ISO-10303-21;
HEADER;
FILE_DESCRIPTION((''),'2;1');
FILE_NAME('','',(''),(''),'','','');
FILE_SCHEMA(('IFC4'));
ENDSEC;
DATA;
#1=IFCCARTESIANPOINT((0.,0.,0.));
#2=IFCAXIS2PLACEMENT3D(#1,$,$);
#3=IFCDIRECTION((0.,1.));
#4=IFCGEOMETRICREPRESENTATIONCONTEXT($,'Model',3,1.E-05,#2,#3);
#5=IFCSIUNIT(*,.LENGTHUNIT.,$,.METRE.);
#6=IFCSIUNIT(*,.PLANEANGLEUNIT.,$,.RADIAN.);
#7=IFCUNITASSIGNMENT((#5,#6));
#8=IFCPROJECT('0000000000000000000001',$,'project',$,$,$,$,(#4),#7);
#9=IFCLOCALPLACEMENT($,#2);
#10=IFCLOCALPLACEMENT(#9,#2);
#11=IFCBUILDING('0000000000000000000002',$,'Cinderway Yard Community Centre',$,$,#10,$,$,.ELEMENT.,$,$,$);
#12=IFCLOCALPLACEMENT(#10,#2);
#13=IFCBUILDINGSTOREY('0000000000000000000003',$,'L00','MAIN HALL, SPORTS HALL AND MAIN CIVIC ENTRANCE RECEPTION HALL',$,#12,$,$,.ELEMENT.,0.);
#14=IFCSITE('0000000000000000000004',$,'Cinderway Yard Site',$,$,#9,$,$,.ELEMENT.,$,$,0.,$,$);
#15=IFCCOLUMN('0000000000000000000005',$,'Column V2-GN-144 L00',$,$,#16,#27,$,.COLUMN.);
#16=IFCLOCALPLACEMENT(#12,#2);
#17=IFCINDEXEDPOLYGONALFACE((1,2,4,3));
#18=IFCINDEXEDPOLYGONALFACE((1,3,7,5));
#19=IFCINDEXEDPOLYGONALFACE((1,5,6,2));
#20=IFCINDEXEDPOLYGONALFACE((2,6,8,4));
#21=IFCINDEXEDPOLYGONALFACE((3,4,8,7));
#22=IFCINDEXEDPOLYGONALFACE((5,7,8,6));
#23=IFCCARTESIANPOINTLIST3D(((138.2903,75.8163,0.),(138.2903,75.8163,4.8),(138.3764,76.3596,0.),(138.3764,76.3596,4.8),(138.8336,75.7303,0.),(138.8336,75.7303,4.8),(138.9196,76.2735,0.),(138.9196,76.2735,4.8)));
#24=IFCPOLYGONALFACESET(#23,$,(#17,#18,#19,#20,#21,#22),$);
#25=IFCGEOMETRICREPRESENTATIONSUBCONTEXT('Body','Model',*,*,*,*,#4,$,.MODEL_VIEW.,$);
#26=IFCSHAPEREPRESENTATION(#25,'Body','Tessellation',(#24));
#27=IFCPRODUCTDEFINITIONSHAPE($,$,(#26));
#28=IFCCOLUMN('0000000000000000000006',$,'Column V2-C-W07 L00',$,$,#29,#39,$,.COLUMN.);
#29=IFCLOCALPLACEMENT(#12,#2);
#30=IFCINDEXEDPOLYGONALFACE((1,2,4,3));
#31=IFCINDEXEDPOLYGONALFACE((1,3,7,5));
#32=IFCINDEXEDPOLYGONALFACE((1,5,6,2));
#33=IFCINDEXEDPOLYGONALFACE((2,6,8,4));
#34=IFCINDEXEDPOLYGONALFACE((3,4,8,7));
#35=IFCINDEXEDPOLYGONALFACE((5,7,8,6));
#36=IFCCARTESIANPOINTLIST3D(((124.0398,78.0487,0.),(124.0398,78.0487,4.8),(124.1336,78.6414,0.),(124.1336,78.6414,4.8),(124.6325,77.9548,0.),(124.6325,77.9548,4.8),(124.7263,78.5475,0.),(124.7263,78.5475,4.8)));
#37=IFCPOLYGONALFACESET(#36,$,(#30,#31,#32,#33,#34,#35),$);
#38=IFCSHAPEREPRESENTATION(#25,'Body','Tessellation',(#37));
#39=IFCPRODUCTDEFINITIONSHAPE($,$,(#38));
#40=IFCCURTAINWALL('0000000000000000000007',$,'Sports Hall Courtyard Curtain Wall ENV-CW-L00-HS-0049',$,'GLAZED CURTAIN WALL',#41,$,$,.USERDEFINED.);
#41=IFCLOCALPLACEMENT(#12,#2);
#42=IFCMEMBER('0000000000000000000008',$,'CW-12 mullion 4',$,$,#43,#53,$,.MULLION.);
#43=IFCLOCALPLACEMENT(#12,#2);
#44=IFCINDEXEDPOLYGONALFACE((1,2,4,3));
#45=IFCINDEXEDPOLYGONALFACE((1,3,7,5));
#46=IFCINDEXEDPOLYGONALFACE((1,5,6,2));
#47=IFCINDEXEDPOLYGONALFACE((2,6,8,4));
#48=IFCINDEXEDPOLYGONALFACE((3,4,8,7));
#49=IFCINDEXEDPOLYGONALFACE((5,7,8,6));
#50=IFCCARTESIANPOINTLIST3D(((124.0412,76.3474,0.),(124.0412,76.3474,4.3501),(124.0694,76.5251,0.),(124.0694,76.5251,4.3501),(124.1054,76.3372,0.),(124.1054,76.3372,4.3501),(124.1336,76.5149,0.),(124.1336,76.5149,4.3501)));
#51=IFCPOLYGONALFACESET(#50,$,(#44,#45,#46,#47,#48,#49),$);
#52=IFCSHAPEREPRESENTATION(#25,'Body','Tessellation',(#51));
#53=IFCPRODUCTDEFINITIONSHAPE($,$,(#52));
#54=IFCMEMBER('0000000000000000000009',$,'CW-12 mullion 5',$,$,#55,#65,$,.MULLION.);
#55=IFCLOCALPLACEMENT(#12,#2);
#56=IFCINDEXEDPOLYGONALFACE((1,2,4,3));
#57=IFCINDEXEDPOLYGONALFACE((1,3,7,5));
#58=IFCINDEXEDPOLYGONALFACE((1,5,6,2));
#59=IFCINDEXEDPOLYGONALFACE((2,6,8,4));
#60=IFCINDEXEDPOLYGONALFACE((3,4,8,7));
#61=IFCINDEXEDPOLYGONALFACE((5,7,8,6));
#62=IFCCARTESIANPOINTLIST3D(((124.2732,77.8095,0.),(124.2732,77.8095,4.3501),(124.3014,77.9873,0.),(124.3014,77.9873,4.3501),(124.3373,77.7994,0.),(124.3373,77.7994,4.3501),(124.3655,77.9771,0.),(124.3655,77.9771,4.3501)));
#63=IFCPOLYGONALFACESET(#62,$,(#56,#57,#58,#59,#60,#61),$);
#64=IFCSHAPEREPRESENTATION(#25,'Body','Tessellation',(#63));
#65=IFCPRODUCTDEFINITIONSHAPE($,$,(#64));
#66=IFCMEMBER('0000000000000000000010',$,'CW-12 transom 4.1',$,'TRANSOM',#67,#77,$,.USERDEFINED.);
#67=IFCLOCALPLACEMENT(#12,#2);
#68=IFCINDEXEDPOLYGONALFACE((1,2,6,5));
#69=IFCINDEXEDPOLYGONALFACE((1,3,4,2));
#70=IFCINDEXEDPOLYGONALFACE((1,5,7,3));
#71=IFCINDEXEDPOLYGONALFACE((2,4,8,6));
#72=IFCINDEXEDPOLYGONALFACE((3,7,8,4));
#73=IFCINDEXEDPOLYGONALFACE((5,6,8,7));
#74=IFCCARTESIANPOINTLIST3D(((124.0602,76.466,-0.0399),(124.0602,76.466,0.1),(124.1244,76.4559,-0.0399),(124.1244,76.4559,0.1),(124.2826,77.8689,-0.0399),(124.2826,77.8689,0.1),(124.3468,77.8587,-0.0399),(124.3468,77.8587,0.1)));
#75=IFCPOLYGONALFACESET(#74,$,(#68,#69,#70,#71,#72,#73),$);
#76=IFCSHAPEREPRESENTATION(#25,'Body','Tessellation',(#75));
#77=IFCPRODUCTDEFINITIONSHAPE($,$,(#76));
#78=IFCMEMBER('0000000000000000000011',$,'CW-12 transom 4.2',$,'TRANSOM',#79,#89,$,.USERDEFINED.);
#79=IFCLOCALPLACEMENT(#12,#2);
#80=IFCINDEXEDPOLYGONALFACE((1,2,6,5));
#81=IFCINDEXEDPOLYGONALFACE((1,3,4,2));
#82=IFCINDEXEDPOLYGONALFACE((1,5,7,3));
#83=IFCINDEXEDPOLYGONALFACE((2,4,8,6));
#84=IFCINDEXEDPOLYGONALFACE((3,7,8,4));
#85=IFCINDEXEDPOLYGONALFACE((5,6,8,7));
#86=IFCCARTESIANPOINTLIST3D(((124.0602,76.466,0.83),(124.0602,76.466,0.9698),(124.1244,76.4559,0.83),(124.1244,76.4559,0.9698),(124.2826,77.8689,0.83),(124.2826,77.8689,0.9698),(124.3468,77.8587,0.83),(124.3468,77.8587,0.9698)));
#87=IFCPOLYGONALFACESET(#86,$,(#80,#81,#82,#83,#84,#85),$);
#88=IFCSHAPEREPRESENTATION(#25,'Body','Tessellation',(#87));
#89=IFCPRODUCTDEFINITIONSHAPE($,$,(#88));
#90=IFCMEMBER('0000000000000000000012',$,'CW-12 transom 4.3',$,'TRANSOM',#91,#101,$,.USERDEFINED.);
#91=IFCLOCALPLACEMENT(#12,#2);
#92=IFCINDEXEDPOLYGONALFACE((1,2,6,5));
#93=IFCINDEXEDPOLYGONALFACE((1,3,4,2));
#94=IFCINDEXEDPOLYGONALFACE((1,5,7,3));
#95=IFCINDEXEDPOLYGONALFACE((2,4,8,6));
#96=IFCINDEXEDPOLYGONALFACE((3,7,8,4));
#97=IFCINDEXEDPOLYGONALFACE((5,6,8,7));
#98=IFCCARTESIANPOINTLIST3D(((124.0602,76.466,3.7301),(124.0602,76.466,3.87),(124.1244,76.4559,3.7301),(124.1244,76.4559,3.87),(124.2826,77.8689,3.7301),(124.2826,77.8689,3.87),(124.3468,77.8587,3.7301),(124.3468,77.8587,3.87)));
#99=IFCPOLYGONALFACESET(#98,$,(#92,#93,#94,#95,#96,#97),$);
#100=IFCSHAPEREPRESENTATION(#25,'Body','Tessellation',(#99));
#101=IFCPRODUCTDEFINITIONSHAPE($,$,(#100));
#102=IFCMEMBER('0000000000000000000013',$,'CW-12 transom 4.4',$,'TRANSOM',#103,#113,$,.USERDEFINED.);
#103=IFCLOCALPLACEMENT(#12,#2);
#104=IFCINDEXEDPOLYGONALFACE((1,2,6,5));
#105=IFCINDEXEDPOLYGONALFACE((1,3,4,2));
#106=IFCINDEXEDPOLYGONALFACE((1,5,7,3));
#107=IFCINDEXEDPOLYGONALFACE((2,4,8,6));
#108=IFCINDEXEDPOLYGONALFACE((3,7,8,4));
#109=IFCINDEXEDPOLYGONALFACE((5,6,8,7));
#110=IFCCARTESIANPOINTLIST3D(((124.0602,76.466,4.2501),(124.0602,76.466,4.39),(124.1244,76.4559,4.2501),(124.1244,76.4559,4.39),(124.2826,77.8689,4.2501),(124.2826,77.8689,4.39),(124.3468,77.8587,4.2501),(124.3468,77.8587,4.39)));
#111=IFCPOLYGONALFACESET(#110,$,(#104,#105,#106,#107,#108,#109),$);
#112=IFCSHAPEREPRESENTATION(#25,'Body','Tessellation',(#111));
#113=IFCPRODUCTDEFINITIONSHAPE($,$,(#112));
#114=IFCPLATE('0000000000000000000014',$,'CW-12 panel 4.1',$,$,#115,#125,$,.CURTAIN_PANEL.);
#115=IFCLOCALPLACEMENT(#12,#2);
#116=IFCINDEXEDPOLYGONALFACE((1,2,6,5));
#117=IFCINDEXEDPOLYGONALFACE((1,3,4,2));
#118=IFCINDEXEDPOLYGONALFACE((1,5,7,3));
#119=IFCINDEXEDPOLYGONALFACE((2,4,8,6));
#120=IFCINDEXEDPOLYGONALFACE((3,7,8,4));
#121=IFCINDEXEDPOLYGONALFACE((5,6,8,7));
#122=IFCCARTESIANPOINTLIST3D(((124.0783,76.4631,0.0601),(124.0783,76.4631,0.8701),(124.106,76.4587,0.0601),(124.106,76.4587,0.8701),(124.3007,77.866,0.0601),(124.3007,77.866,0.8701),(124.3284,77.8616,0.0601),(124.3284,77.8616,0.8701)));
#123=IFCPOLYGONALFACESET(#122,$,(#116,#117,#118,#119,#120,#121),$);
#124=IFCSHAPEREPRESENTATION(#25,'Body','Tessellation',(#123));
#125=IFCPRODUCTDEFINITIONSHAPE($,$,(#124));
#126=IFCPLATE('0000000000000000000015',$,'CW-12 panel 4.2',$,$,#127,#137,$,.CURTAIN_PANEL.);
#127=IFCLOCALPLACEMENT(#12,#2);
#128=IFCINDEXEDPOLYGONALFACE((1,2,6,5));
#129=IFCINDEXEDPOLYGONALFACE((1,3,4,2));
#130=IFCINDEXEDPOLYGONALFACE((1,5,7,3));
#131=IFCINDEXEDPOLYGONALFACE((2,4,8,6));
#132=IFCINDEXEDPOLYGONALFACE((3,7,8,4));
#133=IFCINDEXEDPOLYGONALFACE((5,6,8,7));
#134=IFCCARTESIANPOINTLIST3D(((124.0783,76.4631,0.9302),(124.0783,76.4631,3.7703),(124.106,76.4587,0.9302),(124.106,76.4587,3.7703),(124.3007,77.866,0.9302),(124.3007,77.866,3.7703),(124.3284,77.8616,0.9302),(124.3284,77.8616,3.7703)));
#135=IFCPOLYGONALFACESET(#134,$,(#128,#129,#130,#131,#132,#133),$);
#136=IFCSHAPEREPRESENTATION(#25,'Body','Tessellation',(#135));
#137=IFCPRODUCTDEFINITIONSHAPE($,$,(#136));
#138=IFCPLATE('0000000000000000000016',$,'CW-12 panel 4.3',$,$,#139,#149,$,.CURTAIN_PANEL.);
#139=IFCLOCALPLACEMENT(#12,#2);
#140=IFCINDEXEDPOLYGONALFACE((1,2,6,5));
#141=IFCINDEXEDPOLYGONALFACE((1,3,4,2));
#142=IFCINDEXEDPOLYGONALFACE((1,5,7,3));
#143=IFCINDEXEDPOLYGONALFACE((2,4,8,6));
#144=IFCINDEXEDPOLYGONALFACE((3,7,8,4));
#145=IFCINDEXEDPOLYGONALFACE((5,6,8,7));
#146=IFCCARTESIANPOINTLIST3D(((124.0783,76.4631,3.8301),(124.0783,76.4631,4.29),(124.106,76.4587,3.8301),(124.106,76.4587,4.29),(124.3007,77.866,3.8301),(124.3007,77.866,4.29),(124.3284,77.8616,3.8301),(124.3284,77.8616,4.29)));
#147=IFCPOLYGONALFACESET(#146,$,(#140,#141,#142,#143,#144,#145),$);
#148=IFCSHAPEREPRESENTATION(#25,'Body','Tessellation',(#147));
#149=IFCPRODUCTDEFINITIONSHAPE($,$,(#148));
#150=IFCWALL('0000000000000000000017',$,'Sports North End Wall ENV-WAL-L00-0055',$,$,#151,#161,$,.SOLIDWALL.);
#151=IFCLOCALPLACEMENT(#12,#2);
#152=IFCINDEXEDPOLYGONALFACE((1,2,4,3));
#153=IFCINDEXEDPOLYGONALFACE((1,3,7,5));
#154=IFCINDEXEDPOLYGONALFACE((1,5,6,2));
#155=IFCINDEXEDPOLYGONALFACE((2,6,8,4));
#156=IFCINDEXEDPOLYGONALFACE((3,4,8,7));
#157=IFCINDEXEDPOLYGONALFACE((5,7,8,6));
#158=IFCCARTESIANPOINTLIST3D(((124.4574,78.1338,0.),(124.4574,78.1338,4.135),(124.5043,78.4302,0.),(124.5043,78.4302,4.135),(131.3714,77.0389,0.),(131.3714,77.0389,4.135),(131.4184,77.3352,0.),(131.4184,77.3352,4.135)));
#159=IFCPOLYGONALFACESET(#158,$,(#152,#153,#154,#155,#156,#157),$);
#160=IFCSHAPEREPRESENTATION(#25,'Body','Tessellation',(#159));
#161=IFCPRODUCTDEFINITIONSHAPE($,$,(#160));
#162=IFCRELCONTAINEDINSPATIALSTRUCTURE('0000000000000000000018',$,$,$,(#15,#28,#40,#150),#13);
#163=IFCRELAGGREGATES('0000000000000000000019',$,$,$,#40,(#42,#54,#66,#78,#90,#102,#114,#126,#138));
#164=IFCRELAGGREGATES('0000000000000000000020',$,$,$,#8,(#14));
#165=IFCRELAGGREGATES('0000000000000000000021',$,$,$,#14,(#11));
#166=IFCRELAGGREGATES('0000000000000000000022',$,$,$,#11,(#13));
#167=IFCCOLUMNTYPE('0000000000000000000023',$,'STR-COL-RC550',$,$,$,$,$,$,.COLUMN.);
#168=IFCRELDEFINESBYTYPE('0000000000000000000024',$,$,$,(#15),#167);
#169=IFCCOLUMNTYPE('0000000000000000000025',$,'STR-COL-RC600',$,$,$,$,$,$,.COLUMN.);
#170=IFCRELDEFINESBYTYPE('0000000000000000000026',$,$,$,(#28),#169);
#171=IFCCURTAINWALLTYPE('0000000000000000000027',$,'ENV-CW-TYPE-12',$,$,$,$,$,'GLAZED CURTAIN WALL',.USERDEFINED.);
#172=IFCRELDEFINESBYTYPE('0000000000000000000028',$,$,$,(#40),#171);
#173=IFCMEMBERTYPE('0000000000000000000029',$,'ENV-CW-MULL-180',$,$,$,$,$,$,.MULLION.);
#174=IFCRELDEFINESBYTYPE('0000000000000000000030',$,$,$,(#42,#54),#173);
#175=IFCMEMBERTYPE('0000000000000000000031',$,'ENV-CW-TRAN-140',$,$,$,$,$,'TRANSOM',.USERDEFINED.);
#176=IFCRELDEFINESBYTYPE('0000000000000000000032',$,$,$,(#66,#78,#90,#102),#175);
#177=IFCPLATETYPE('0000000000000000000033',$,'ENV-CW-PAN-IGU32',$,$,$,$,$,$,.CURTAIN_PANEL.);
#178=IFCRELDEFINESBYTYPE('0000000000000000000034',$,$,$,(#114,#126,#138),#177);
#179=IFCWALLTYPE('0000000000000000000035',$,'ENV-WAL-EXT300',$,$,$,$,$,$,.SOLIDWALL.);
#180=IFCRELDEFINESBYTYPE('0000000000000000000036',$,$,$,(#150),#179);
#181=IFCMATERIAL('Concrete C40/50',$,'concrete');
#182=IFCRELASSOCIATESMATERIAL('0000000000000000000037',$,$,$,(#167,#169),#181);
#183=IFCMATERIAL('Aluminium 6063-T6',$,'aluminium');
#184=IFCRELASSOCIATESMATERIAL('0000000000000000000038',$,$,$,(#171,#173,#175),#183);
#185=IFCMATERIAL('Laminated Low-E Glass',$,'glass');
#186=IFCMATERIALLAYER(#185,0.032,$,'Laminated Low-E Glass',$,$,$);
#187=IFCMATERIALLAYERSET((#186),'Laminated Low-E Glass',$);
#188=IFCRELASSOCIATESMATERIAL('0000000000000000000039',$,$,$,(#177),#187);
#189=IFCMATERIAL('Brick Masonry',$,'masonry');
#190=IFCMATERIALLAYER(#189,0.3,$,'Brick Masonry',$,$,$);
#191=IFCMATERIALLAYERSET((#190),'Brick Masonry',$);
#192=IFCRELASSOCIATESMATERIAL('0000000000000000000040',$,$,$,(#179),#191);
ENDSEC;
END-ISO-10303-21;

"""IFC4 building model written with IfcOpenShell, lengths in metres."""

from ifc_helpers import new_model, si_unit, direction, frame, frame_2d, origin, origin_2d, place, context, subcontext, project, spatial, rectangle, extrude, material, layer, layer_set, material_profile, profile_set, type_object, element, aggregate, save


model = new_model("IFC4")

# Units and contexts
model_context = context("Model", 3, precision=1e-05, world=origin(), true_north=direction((0.0, 1.0)))
body_context = subcontext(model_context, "Body", "Model", "MODEL_VIEW")
ifc_project = project(units=[si_unit("LENGTHUNIT", "METRE"), si_unit("PLANEANGLEUNIT", "RADIAN")], contexts=[model_context])

# Site, building, storey
site_placement = place(None, origin())
site = spatial("IfcSite", under=ifc_project, at=site_placement, Name="Cinderway Yard Site", CompositionType="ELEMENT", RefElevation=0.0)
building_placement = place(site_placement, origin())
building = spatial("IfcBuilding", under=site, at=building_placement, Name="Cinderway Yard Community Centre", CompositionType="ELEMENT")
storey_placement = place(building_placement, origin())
storey = spatial("IfcBuildingStorey", under=building, at=storey_placement, Name="L00", Description="MAIN HALL, SPORTS HALL AND MAIN CIVIC ENTRANCE RECEPTION HALL", CompositionType="ELEMENT", Elevation=0.0)

# Shared definitions
ifc_material_1 = material(Name="Concrete C40/50", Category="concrete")

# Columns
ifc_material_profile_1 = material_profile(ifc_material_1, rectangle(XDim=0.55, YDim=0.55, at=origin_2d()), Name="Concrete C40/50")
ifc_profile_set_1 = profile_set([ifc_material_profile_1], Name="Concrete C40/50")
column_type_1 = type_object("IfcColumnType", Name="STR-COL-RC550", PredefinedType="COLUMN", material=ifc_profile_set_1)
for number, where, z_axis, x_axis, name in (
    (1, (138.605, 76.0449, 0.0), (0.0, 0.0, 1.0), (0.987688, -0.156434, 0.0), "Column V2-GN-144 L00"),
):
    element("IfcColumn", number, at=place(storey_placement, frame(where, z_axis=z_axis, x_axis=x_axis)), inside=storey, type_object=column_type_1, Name=name, PredefinedType="COLUMN", context=body_context, shape_type="SweptSolid", body=[
        extrude(rectangle(XDim=0.55, YDim=0.55, at=origin_2d()), origin(), (0.0, 0.0, 1.0), 4.8),
    ])
ifc_material_profile_2 = material_profile(ifc_material_1, rectangle(XDim=0.6001, YDim=0.6001, at=origin_2d()), Name="Concrete C40/50")
ifc_profile_set_2 = profile_set([ifc_material_profile_2], Name="Concrete C40/50")
column_type_2 = type_object("IfcColumnType", Name="STR-COL-RC600", PredefinedType="COLUMN", material=ifc_profile_set_2)
column_placement = place(storey_placement, frame((124.3831, 78.2981, 0.0), z_axis=(0.0, 0.0, 1.0), x_axis=(0.987688, -0.156434, 0.0)))
element("IfcColumn", 2, at=column_placement, inside=storey, type_object=column_type_2, Name="Column V2-C-W07 L00", PredefinedType="COLUMN", context=body_context, shape_type="SweptSolid", body=[
    extrude(rectangle(XDim=0.6001, YDim=0.6001, at=origin_2d()), origin(), (0.0, 0.0, 1.0), 4.8),
])

# Curtain wall, members, plates
ifc_material_2 = material(Name="Aluminium 6063-T6", Category="aluminium")
curtain_wall_type = type_object("IfcCurtainWallType", Name="ENV-CW-TYPE-12", ElementType="GLAZED CURTAIN WALL", PredefinedType="USERDEFINED", material=ifc_material_2)
curtain_wall_placement = place(storey_placement, origin())
curtain_wall = element("IfcCurtainWall", 3, at=curtain_wall_placement, inside=storey, type_object=curtain_wall_type, Name="Sports Hall Courtyard Curtain Wall ENV-CW-L00-HS-0049", ObjectType="GLAZED CURTAIN WALL", PredefinedType="USERDEFINED")
ifc_material_profile_3 = material_profile(ifc_material_2, rectangle(XDim=0.0649, YDim=0.1799, at=origin_2d()), Name="Aluminium 6063-T6")
ifc_profile_set_3 = profile_set([ifc_material_profile_3], Name="Aluminium 6063-T6")
member_type_1 = type_object("IfcMemberType", Name="ENV-CW-MULL-180", PredefinedType="MULLION", material=ifc_profile_set_3)
member_1_placement = place(storey_placement, frame((124.0874, 76.4312, 0.0), z_axis=(0.0, 0.0, 1.0), x_axis=(-0.987665, 0.156583, 0.0)))
member_1 = element("IfcMember", 4, at=member_1_placement, type_object=member_type_1, Name="CW-12 mullion 4", PredefinedType="MULLION", context=body_context, shape_type="SweptSolid", body=[
    extrude(rectangle(XDim=0.0649, YDim=0.1799, at=origin_2d()), origin(), (0.0, 0.0, 1.0), 4.3501),
])
member_2_placement = place(storey_placement, frame((124.3193, 77.8933, 0.0), z_axis=(0.0, 0.0, 1.0), x_axis=(-0.987665, 0.156583, 0.0)))
member_2 = element("IfcMember", 5, at=member_2_placement, type_object=member_type_1, Name="CW-12 mullion 5", PredefinedType="MULLION", context=body_context, shape_type="SweptSolid", body=[
    extrude(rectangle(XDim=0.0649, YDim=0.1799, at=origin_2d()), origin(), (0.0, 0.0, 1.0), 4.3501),
])
ifc_material_profile_4 = material_profile(ifc_material_2, rectangle(XDim=0.0649, YDim=0.1399, at=origin_2d()), Name="Aluminium 6063-T6")
ifc_profile_set_4 = profile_set([ifc_material_profile_4], Name="Aluminium 6063-T6")
member_type_2 = type_object("IfcMemberType", Name="ENV-CW-TRAN-140", ElementType="TRANSOM", PredefinedType="USERDEFINED", material=ifc_profile_set_4)
member_3_placement = place(storey_placement, frame((124.0923, 76.4609, 0.03), z_axis=(0.156589, 0.987664, 0.0), x_axis=(-0.987664, 0.156589, 0.0)))
member_3 = element("IfcMember", 6, at=member_3_placement, type_object=member_type_2, Name="CW-12 transom 4.1", ObjectType="TRANSOM", PredefinedType="USERDEFINED", context=body_context, shape_type="SweptSolid", body=[
    extrude(rectangle(XDim=0.0649, YDim=0.1399, at=origin_2d()), origin(), (0.0, 0.0, 1.0), 1.4204),
])
member_4_placement = place(storey_placement, frame((124.0923, 76.4609, 0.8999), z_axis=(0.156589, 0.987664, 0.0), x_axis=(-0.987664, 0.156589, 0.0)))
member_4 = element("IfcMember", 7, at=member_4_placement, type_object=member_type_2, Name="CW-12 transom 4.2", ObjectType="TRANSOM", PredefinedType="USERDEFINED", context=body_context, shape_type="SweptSolid", body=[
    extrude(rectangle(XDim=0.0649, YDim=0.1399, at=origin_2d()), origin(), (0.0, 0.0, 1.0), 1.4204),
])
member_5_placement = place(storey_placement, frame((124.0923, 76.4609, 3.8), z_axis=(0.156589, 0.987664, 0.0), x_axis=(-0.987664, 0.156589, 0.0)))
member_5 = element("IfcMember", 8, at=member_5_placement, type_object=member_type_2, Name="CW-12 transom 4.3", ObjectType="TRANSOM", PredefinedType="USERDEFINED", context=body_context, shape_type="SweptSolid", body=[
    extrude(rectangle(XDim=0.0649, YDim=0.1399, at=origin_2d()), origin(), (0.0, 0.0, 1.0), 1.4204),
])
member_6_placement = place(storey_placement, frame((124.0923, 76.4609, 4.3201), z_axis=(0.156589, 0.987664, 0.0), x_axis=(-0.987664, 0.156589, 0.0)))
member_6 = element("IfcMember", 9, at=member_6_placement, type_object=member_type_2, Name="CW-12 transom 4.4", ObjectType="TRANSOM", PredefinedType="USERDEFINED", context=body_context, shape_type="SweptSolid", body=[
    extrude(rectangle(XDim=0.0649, YDim=0.1399, at=origin_2d()), origin(), (0.0, 0.0, 1.0), 1.4204),
])
ifc_material_3 = material(Name="Laminated Low-E Glass", Category="glass")
ifc_layer_1 = layer(ifc_material_3, 0.032, Name="Laminated Low-E Glass")
ifc_layer_set_1 = layer_set([ifc_layer_1], Name="Laminated Low-E Glass")
plate_type = type_object("IfcPlateType", Name="ENV-CW-PAN-IGU32", PredefinedType="CURTAIN_PANEL", material=ifc_layer_set_1)
plate_1_placement = place(storey_placement, frame((124.2034, 77.1624, 0.0601), z_axis=(0.0, 0.0, 1.0), x_axis=(0.156583, 0.987665, 0.0)))
plate_1 = element("IfcPlate", 10, at=plate_1_placement, type_object=plate_type, Name="CW-12 panel 4.1", PredefinedType="CURTAIN_PANEL", context=body_context, shape_type="SweptSolid", body=[
    extrude(rectangle(XDim=1.4204, YDim=0.0281, at=origin_2d()), origin(), (0.0, 0.0, 1.0), 0.8101),
])
plate_2_placement = place(storey_placement, frame((124.2034, 77.1624, 0.9302), z_axis=(0.0, 0.0, 1.0), x_axis=(0.156583, 0.987665, 0.0)))
plate_2 = element("IfcPlate", 11, at=plate_2_placement, type_object=plate_type, Name="CW-12 panel 4.2", PredefinedType="CURTAIN_PANEL", context=body_context, shape_type="SweptSolid", body=[
    extrude(rectangle(XDim=1.4204, YDim=0.0281, at=origin_2d()), origin(), (0.0, 0.0, 1.0), 2.8401),
])
plate_3_placement = place(storey_placement, frame((124.2034, 77.1624, 3.8301), z_axis=(0.0, 0.0, 1.0), x_axis=(0.156583, 0.987665, 0.0)))
plate_3 = element("IfcPlate", 12, at=plate_3_placement, type_object=plate_type, Name="CW-12 panel 4.3", PredefinedType="CURTAIN_PANEL", context=body_context, shape_type="SweptSolid", body=[
    extrude(rectangle(XDim=1.4204, YDim=0.0281, at=origin_2d()), origin(), (0.0, 0.0, 1.0), 0.46),
])
aggregate(curtain_wall, [member_1, member_2, member_3, member_4, member_5, member_6, plate_1, plate_2, plate_3])

# Wall
ifc_material_4 = material(Name="Brick Masonry", Category="masonry")
ifc_layer_2 = layer(ifc_material_4, 0.3, Name="Brick Masonry")
ifc_layer_set_2 = layer_set([ifc_layer_2], Name="Brick Masonry")
wall_type = type_object("IfcWallType", Name="ENV-WAL-EXT300", PredefinedType="SOLIDWALL", material=ifc_layer_set_2)
wall_1_placement = place(storey_placement, frame((124.481, 78.282, 0.0), z_axis=(0.0, 0.0, 1.0), x_axis=(0.987691, -0.156419, 0.0)))
element("IfcWall", 13, at=wall_1_placement, inside=storey, type_object=wall_type, Name="Sports North End Wall ENV-WAL-L00-0055", PredefinedType="SOLIDWALL", context=body_context, shape_type="SweptSolid", body=[
    extrude(rectangle(XDim=7.0002, YDim=0.3, at=frame_2d((3.5, 0.0))), origin(), (0.0, 0.0, 1.0), 4.135),
])

save(model, "model.ifc")
